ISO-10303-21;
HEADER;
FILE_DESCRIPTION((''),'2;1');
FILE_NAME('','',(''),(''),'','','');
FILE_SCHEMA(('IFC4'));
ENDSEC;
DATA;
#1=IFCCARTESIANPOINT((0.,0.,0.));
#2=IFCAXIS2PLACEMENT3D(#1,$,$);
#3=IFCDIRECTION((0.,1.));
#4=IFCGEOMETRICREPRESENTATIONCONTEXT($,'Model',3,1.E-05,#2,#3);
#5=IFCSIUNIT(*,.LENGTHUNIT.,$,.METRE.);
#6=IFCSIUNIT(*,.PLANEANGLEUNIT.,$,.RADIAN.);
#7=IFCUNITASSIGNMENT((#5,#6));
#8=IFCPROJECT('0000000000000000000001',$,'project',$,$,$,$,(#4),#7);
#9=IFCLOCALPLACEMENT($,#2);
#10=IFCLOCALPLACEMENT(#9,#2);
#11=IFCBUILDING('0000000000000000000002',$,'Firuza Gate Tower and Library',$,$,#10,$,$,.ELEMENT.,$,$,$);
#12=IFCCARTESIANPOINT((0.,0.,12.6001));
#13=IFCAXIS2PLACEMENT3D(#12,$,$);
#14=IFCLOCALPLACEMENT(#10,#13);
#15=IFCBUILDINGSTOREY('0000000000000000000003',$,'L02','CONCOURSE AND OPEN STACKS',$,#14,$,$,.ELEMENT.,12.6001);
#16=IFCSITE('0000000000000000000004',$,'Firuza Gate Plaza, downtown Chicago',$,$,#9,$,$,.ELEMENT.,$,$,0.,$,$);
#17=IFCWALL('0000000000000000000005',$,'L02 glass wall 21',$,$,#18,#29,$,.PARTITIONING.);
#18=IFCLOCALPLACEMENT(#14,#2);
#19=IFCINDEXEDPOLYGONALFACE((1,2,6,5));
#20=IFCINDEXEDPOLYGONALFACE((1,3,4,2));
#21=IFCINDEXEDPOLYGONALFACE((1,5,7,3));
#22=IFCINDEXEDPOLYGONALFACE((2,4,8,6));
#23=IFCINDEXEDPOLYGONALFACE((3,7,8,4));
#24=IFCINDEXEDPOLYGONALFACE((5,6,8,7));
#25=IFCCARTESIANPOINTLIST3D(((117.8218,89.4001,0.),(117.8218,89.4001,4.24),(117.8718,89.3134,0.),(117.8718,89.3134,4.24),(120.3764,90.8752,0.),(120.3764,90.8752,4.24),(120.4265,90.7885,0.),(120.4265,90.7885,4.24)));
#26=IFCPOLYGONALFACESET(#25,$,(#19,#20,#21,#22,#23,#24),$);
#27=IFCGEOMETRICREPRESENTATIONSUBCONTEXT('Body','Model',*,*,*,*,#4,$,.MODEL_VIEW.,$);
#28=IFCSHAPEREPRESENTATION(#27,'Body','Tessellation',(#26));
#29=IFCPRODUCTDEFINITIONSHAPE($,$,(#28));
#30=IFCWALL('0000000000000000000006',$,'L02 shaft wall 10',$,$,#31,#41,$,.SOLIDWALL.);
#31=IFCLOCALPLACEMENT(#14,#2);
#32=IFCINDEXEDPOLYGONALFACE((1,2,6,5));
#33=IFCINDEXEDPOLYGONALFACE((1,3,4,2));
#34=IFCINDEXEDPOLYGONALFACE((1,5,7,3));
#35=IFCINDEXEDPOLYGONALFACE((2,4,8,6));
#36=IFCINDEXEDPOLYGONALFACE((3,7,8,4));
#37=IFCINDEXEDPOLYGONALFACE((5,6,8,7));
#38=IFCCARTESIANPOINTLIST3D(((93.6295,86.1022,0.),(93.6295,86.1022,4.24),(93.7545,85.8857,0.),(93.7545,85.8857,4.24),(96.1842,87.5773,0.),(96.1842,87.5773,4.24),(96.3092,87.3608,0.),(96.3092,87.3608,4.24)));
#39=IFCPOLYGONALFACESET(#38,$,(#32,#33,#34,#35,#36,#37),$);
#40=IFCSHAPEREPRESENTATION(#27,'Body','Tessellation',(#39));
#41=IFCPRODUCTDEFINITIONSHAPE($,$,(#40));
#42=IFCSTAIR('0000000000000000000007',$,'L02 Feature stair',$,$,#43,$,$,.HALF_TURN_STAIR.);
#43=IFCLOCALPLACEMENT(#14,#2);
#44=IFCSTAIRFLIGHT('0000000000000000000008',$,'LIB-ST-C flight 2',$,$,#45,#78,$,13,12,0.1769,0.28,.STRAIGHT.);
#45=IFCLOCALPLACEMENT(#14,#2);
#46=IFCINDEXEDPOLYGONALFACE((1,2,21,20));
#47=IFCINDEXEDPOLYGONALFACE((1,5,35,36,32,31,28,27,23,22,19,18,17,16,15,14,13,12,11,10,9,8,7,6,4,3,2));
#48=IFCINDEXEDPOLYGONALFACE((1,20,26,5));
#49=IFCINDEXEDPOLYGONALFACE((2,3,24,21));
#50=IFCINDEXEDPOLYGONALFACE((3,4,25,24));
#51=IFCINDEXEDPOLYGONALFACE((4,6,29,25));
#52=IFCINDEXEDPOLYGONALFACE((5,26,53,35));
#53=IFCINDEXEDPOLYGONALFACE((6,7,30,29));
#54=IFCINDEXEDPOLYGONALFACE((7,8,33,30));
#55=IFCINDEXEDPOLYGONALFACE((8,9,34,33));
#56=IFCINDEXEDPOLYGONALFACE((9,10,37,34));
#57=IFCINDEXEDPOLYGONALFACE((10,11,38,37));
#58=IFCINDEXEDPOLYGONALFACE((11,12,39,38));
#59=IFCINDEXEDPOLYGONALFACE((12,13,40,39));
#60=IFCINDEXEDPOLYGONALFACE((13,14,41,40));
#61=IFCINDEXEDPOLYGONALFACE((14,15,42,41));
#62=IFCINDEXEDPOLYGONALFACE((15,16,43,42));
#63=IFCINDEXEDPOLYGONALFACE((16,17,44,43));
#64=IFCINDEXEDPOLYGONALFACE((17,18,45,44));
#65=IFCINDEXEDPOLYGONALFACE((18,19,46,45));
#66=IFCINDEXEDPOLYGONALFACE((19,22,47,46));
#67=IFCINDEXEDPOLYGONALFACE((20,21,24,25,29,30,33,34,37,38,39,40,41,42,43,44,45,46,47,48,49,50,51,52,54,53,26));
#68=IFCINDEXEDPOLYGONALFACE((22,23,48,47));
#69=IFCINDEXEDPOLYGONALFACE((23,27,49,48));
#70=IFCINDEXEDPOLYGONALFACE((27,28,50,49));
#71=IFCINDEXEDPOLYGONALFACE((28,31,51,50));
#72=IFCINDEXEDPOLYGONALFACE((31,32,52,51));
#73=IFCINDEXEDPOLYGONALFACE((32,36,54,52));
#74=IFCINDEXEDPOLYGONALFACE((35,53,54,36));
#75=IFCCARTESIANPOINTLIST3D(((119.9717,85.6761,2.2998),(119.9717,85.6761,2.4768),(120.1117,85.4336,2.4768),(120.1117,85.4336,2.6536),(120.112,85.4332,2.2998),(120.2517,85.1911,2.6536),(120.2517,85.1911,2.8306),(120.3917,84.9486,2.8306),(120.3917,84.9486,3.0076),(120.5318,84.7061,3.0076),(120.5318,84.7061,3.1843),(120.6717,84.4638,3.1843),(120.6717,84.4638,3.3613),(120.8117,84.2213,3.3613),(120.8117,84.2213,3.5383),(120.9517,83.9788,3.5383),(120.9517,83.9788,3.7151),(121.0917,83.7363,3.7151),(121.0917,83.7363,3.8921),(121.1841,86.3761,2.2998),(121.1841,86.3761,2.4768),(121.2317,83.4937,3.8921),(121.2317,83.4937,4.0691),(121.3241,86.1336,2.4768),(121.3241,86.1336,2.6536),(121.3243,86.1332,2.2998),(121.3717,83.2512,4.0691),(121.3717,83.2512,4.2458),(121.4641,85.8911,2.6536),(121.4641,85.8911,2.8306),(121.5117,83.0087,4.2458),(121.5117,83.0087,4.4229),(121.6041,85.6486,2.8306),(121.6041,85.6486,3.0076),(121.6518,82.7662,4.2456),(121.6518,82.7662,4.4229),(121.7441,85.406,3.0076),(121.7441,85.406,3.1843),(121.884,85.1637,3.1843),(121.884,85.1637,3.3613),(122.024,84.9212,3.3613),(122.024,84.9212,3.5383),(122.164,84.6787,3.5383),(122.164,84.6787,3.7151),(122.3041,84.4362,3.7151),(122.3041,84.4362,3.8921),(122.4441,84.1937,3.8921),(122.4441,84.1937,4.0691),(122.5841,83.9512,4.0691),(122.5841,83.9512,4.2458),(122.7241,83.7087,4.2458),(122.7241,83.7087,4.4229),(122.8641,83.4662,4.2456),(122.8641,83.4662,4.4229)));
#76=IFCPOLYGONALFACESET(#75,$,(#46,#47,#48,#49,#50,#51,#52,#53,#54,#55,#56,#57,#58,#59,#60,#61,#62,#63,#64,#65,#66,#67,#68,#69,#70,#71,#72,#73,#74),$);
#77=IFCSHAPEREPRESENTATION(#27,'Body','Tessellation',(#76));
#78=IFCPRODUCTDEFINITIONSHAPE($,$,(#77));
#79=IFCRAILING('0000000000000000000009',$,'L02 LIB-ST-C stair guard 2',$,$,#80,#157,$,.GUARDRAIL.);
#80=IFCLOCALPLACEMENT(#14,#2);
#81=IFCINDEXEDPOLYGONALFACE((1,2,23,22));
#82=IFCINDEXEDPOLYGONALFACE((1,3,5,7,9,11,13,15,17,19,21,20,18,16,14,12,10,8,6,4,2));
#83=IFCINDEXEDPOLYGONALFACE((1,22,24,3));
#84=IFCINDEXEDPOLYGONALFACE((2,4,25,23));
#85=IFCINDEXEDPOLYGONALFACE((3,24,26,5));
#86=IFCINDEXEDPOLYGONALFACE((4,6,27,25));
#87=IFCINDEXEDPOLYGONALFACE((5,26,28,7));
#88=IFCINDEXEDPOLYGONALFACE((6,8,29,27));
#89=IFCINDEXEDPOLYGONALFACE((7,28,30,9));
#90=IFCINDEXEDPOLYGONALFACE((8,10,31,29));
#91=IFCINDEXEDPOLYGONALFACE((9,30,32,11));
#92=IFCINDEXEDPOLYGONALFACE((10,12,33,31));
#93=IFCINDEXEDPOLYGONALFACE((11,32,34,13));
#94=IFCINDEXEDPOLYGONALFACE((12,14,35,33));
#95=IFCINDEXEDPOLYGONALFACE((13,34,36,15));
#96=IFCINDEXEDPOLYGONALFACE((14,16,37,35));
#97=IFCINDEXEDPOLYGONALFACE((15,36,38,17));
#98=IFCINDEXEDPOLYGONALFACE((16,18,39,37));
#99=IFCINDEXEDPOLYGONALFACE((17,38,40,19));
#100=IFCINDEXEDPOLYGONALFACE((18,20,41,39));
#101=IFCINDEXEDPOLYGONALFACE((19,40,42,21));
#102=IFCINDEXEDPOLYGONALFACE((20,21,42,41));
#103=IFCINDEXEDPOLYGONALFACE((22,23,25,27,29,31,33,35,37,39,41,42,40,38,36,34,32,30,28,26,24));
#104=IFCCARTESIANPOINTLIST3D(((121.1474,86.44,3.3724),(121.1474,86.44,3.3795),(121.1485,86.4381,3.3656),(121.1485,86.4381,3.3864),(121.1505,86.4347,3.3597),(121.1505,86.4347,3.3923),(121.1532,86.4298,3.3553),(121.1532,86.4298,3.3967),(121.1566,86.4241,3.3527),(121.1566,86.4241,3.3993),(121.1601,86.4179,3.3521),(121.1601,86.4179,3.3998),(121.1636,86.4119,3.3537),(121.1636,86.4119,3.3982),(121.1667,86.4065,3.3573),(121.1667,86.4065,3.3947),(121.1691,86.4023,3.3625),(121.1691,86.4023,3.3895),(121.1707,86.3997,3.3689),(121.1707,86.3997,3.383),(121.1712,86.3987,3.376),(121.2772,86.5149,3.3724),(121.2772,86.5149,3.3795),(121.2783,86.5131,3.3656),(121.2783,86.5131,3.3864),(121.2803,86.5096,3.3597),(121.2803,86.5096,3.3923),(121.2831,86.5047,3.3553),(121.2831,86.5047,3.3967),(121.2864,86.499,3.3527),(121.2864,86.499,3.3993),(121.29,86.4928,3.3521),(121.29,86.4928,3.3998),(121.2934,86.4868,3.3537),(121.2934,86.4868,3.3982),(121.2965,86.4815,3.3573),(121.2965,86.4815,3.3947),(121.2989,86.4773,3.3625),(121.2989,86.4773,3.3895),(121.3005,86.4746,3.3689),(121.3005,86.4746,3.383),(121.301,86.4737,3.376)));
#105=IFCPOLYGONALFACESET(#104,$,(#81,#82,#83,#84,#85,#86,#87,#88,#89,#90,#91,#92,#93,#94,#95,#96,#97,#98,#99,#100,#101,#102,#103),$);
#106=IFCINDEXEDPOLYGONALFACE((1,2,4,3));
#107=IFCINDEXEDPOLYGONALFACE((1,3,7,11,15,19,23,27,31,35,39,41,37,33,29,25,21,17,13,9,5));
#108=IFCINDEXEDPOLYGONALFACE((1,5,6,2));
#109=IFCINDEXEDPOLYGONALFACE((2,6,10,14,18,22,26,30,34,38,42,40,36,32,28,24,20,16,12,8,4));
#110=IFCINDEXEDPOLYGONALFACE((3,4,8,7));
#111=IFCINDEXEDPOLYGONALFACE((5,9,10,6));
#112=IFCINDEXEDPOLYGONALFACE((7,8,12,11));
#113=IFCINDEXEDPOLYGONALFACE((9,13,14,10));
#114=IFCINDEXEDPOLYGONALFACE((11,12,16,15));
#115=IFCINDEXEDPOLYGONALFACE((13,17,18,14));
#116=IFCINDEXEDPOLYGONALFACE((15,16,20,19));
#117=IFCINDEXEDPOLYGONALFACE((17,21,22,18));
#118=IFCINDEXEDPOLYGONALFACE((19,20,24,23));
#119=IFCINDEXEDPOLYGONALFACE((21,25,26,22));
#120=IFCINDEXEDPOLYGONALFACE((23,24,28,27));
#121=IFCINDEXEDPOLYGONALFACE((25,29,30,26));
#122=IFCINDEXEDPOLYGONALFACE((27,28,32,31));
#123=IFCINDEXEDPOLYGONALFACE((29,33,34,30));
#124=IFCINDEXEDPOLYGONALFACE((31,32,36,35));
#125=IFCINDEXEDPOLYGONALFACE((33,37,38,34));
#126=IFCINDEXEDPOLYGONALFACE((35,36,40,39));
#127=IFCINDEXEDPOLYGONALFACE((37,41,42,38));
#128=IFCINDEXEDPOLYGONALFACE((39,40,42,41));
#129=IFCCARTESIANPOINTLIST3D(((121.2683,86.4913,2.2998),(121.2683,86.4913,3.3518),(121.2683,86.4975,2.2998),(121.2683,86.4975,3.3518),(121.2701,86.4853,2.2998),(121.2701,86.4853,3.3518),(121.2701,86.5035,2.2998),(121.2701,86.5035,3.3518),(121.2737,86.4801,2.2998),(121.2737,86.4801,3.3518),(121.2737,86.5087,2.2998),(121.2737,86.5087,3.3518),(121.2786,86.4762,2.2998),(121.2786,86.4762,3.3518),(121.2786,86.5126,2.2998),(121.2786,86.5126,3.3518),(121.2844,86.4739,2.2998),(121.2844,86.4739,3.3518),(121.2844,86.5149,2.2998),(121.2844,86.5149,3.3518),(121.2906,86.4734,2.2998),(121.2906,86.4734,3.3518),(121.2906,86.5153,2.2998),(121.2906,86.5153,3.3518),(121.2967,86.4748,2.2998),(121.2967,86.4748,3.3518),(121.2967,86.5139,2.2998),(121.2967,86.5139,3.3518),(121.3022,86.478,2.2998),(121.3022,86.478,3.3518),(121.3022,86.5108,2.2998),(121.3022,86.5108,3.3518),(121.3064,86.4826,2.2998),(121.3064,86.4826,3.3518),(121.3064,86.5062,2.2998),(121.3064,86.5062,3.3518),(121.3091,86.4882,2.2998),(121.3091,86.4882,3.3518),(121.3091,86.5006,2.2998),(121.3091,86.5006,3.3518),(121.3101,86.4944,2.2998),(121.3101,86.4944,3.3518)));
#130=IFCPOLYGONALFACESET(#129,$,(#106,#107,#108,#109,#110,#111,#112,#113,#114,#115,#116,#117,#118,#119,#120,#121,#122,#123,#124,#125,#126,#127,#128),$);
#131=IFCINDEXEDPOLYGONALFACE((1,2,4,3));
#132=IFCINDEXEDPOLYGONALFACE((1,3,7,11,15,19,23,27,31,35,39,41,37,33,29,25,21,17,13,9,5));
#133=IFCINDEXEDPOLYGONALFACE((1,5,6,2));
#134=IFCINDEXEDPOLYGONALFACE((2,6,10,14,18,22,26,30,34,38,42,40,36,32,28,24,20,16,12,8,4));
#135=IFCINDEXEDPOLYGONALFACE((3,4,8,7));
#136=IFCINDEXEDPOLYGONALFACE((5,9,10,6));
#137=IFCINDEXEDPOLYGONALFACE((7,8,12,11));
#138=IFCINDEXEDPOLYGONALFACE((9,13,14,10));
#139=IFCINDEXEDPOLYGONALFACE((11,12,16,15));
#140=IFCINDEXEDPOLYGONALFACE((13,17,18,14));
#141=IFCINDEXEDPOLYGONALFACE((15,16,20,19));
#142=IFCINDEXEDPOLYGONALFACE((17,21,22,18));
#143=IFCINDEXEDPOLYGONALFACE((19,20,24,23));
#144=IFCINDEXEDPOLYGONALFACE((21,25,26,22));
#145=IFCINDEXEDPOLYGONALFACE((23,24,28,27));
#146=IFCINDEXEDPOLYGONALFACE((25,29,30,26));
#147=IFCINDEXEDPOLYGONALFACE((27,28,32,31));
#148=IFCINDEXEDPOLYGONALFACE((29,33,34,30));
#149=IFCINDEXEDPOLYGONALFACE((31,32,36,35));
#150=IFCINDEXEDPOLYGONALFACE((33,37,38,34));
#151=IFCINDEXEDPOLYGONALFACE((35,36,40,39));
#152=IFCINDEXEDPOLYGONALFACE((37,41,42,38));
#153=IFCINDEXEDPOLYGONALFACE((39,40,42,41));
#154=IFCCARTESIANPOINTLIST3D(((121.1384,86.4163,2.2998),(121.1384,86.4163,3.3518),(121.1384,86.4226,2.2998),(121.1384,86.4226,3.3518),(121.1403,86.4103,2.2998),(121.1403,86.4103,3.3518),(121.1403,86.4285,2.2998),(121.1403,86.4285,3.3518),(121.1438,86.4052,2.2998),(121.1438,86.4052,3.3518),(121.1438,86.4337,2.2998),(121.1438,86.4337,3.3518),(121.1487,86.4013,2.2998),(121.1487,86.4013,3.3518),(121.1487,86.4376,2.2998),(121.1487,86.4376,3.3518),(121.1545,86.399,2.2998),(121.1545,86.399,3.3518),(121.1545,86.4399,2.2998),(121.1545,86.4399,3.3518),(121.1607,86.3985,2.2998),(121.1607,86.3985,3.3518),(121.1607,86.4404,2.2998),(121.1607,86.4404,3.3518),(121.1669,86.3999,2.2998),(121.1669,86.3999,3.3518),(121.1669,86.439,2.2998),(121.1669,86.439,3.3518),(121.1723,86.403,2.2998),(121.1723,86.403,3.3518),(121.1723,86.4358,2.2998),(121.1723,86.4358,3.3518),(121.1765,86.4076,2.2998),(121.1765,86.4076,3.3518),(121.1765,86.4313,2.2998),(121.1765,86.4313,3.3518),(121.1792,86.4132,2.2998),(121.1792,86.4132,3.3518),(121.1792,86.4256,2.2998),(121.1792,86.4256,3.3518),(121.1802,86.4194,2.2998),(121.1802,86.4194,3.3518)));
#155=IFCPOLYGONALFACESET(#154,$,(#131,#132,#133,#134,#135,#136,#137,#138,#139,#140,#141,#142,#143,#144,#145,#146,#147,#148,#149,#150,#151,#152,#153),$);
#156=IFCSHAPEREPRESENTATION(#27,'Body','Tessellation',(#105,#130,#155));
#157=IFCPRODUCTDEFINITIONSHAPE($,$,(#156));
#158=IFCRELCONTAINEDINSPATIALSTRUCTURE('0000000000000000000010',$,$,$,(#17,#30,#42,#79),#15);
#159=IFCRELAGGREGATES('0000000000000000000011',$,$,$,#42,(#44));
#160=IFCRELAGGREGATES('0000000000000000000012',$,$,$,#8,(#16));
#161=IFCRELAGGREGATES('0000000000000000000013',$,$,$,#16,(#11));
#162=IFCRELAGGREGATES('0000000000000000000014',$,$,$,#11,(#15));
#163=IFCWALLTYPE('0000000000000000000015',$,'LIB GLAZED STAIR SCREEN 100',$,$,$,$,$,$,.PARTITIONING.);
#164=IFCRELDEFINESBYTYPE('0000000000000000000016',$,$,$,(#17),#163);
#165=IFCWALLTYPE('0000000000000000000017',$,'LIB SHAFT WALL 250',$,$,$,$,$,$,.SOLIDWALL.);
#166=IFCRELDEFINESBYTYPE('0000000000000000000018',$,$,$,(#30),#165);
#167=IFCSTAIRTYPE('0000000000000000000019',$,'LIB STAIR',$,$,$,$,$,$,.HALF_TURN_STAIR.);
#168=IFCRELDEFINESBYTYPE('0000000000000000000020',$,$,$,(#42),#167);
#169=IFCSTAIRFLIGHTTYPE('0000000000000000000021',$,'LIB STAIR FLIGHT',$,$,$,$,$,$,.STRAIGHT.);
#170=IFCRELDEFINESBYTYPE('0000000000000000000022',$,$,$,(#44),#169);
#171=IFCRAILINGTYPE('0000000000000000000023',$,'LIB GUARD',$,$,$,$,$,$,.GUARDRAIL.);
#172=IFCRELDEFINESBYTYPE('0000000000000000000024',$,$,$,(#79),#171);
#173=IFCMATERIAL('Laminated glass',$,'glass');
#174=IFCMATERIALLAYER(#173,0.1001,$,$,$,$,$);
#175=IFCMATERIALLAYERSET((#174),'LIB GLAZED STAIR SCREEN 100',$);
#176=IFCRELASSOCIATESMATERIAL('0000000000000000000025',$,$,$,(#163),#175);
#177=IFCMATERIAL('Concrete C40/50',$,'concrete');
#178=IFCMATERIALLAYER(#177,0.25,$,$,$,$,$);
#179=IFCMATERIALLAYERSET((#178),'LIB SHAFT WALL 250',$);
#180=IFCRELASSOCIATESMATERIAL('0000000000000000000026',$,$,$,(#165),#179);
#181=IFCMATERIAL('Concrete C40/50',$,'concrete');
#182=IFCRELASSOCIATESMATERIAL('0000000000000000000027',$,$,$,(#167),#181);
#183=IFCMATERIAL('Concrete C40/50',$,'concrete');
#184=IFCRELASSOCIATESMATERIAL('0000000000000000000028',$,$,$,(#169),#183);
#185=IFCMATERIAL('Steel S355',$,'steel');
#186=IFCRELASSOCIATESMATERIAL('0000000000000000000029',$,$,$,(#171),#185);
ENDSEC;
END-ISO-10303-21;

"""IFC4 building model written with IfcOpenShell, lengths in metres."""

from ifc_helpers import new_model, si_unit, direction, frame, frame_2d, origin, origin_2d, place, context, subcontext, project, spatial, polyline, rectangle, circle, outline, extrude, material, layer, layer_set, type_object, element, aggregate, save


model = new_model("IFC4")

# Units and contexts
model_context = context("Model", 3, precision=1e-05, world=origin(), true_north=direction((0.0, 1.0)))
body_context = subcontext(model_context, "Body", "Model", "MODEL_VIEW")
ifc_project = project(units=[si_unit("LENGTHUNIT", "METRE"), si_unit("PLANEANGLEUNIT", "RADIAN")], contexts=[model_context])

# Site, building, storey
site_placement = place(None, origin())
site = spatial("IfcSite", under=ifc_project, at=site_placement, Name="Firuza Gate Plaza, downtown Chicago", CompositionType="ELEMENT", RefElevation=0.0)
building_placement = place(site_placement, origin())
building = spatial("IfcBuilding", under=site, at=building_placement, Name="Firuza Gate Tower and Library", CompositionType="ELEMENT")
storey_placement = place(building_placement, frame((0.0, 0.0, 12.6001)))
storey = spatial("IfcBuildingStorey", under=building, at=storey_placement, Name="L02", Description="CONCOURSE AND OPEN STACKS", CompositionType="ELEMENT", Elevation=12.6001)

# Walls
ifc_material_1 = material(Name="Laminated glass", Category="glass")
ifc_layer_1 = layer(ifc_material_1, 0.1001)
ifc_layer_set_1 = layer_set([ifc_layer_1], Name="LIB GLAZED STAIR SCREEN 100")
wall_type_1 = type_object("IfcWallType", Name="LIB GLAZED STAIR SCREEN 100", PredefinedType="PARTITIONING", material=ifc_layer_set_1)
wall_1_placement = place(storey_placement, frame((117.8467, 89.3567, 0.0), z_axis=(0.0, 0.0, 1.0), x_axis=(0.866004, 0.500038, 0.0)))
element("IfcWall", 1, at=wall_1_placement, inside=storey, type_object=wall_type_1, Name="L02 glass wall 21", PredefinedType="PARTITIONING", context=body_context, shape_type="SweptSolid", body=[
    extrude(rectangle(XDim=2.95, YDim=0.1001, at=frame_2d((1.4751, 0.0))), origin(), (0.0, 0.0, 1.0), 4.24),
])
ifc_material_2 = material(Name="Concrete C40/50", Category="concrete")
ifc_layer_2 = layer(ifc_material_2, 0.25)
ifc_layer_set_2 = layer_set([ifc_layer_2], Name="LIB SHAFT WALL 250")
wall_type_2 = type_object("IfcWallType", Name="LIB SHAFT WALL 250", PredefinedType="SOLIDWALL", material=ifc_layer_set_2)
wall_2_placement = place(storey_placement, frame((93.6919, 85.9939, 0.0), z_axis=(0.0, 0.0, 1.0), x_axis=(0.866004, 0.500038, 0.0)))
element("IfcWall", 2, at=wall_2_placement, inside=storey, type_object=wall_type_2, Name="L02 shaft wall 10", PredefinedType="SOLIDWALL", context=body_context, shape_type="SweptSolid", body=[
    extrude(rectangle(XDim=2.95, YDim=0.25, at=frame_2d((1.4751, 0.0))), origin(), (0.0, 0.0, 1.0), 4.24),
])

# Stair, stair flight
ifc_material_3 = material(Name="Concrete C40/50", Category="concrete")
stair_type = type_object("IfcStairType", Name="LIB STAIR", PredefinedType="HALF_TURN_STAIR", material=ifc_material_3)
stair_placement = place(storey_placement, origin())
stair = element("IfcStair", 3, at=stair_placement, inside=storey, type_object=stair_type, Name="L02 Feature stair", PredefinedType="HALF_TURN_STAIR")
ifc_material_4 = material(Name="Concrete C40/50", Category="concrete")
stair_flight_type = type_object("IfcStairFlightType", Name="LIB STAIR FLIGHT", PredefinedType="STRAIGHT", material=ifc_material_4)
stair_flight_placement = place(storey_placement, frame((120.5779, 86.0261, 2.2998), z_axis=(0.0, 0.0, 1.0), x_axis=(0.5, -0.866025, 0.0)))
stair_flight = element("IfcStairFlight", 4, at=stair_flight_placement, type_object=stair_flight_type, Name="LIB-ST-C flight 2", NumberOfRisers=13, NumberOfTreads=12, PredefinedType="STRAIGHT", RiserHeight=0.1769, TreadLength=0.28, context=body_context, shape_type="SweptSolid", body=[
    extrude(outline(polyline([(0.0, 0.0), (0.0, 0.177), (0.28, 0.177), (0.28, 0.3538), (0.5601, 0.3538), (0.5601, 0.5308), (0.8401, 0.5308), (0.8401, 0.7078), (1.1201, 0.7078), (1.1201, 0.8845), (1.3999, 0.8845), (1.3999, 1.0615), (1.6799, 1.0615), (1.6799, 1.2385), (1.96, 1.2385), (1.96, 1.4153), (2.24, 1.4153), (2.24, 1.5923), (2.52, 1.5923), (2.52, 1.7693), (2.8, 1.7693), (2.8, 1.946), (3.0801, 1.946), (3.0801, 2.123), (3.3601, 2.123), (3.3601, 2.3), (3.3601, 1.9458), (0.2805, 0.0), (0.0, 0.0)])), frame((0.0, 0.7, 0.0), z_axis=(0.0, -1.0, 0.0), x_axis=(1.0, 0.0, 0.0)), (0.0, 0.0, 1.0), 1.3999),
])
aggregate(stair, [stair_flight])

# Railing
ifc_material_5 = material(Name="Steel S355", Category="steel")
railing_type = type_object("IfcRailingType", Name="LIB GUARD", PredefinedType="GUARDRAIL", material=ifc_material_5)
railing_1_placement = place(storey_placement, frame((121.2891, 86.4944, 2.2998)))
element("IfcRailing", 5, at=railing_1_placement, inside=storey, type_object=railing_type, Name="L02 LIB-ST-C stair guard 2", PredefinedType="GUARDRAIL", context=body_context, shape_type="SweptSolid", body=[
    extrude(circle(Radius=0.0239, at=origin_2d()), frame((0.0, 0.0, 1.0762), z_axis=(-0.866131, -0.499816, 0.0), x_axis=(0.499816, -0.866131, 0.0)), (0.0, 0.0, 1.0), 0.1499),
    extrude(circle(Radius=0.021, at=origin_2d()), origin(), (0.0, 0.0, 1.0), 1.052),
    extrude(circle(Radius=0.021, at=origin_2d()), frame((-0.1299, -0.075, 0.0)), (0.0, 0.0, 1.0), 1.052),
])

save(model, "model.ifc")
